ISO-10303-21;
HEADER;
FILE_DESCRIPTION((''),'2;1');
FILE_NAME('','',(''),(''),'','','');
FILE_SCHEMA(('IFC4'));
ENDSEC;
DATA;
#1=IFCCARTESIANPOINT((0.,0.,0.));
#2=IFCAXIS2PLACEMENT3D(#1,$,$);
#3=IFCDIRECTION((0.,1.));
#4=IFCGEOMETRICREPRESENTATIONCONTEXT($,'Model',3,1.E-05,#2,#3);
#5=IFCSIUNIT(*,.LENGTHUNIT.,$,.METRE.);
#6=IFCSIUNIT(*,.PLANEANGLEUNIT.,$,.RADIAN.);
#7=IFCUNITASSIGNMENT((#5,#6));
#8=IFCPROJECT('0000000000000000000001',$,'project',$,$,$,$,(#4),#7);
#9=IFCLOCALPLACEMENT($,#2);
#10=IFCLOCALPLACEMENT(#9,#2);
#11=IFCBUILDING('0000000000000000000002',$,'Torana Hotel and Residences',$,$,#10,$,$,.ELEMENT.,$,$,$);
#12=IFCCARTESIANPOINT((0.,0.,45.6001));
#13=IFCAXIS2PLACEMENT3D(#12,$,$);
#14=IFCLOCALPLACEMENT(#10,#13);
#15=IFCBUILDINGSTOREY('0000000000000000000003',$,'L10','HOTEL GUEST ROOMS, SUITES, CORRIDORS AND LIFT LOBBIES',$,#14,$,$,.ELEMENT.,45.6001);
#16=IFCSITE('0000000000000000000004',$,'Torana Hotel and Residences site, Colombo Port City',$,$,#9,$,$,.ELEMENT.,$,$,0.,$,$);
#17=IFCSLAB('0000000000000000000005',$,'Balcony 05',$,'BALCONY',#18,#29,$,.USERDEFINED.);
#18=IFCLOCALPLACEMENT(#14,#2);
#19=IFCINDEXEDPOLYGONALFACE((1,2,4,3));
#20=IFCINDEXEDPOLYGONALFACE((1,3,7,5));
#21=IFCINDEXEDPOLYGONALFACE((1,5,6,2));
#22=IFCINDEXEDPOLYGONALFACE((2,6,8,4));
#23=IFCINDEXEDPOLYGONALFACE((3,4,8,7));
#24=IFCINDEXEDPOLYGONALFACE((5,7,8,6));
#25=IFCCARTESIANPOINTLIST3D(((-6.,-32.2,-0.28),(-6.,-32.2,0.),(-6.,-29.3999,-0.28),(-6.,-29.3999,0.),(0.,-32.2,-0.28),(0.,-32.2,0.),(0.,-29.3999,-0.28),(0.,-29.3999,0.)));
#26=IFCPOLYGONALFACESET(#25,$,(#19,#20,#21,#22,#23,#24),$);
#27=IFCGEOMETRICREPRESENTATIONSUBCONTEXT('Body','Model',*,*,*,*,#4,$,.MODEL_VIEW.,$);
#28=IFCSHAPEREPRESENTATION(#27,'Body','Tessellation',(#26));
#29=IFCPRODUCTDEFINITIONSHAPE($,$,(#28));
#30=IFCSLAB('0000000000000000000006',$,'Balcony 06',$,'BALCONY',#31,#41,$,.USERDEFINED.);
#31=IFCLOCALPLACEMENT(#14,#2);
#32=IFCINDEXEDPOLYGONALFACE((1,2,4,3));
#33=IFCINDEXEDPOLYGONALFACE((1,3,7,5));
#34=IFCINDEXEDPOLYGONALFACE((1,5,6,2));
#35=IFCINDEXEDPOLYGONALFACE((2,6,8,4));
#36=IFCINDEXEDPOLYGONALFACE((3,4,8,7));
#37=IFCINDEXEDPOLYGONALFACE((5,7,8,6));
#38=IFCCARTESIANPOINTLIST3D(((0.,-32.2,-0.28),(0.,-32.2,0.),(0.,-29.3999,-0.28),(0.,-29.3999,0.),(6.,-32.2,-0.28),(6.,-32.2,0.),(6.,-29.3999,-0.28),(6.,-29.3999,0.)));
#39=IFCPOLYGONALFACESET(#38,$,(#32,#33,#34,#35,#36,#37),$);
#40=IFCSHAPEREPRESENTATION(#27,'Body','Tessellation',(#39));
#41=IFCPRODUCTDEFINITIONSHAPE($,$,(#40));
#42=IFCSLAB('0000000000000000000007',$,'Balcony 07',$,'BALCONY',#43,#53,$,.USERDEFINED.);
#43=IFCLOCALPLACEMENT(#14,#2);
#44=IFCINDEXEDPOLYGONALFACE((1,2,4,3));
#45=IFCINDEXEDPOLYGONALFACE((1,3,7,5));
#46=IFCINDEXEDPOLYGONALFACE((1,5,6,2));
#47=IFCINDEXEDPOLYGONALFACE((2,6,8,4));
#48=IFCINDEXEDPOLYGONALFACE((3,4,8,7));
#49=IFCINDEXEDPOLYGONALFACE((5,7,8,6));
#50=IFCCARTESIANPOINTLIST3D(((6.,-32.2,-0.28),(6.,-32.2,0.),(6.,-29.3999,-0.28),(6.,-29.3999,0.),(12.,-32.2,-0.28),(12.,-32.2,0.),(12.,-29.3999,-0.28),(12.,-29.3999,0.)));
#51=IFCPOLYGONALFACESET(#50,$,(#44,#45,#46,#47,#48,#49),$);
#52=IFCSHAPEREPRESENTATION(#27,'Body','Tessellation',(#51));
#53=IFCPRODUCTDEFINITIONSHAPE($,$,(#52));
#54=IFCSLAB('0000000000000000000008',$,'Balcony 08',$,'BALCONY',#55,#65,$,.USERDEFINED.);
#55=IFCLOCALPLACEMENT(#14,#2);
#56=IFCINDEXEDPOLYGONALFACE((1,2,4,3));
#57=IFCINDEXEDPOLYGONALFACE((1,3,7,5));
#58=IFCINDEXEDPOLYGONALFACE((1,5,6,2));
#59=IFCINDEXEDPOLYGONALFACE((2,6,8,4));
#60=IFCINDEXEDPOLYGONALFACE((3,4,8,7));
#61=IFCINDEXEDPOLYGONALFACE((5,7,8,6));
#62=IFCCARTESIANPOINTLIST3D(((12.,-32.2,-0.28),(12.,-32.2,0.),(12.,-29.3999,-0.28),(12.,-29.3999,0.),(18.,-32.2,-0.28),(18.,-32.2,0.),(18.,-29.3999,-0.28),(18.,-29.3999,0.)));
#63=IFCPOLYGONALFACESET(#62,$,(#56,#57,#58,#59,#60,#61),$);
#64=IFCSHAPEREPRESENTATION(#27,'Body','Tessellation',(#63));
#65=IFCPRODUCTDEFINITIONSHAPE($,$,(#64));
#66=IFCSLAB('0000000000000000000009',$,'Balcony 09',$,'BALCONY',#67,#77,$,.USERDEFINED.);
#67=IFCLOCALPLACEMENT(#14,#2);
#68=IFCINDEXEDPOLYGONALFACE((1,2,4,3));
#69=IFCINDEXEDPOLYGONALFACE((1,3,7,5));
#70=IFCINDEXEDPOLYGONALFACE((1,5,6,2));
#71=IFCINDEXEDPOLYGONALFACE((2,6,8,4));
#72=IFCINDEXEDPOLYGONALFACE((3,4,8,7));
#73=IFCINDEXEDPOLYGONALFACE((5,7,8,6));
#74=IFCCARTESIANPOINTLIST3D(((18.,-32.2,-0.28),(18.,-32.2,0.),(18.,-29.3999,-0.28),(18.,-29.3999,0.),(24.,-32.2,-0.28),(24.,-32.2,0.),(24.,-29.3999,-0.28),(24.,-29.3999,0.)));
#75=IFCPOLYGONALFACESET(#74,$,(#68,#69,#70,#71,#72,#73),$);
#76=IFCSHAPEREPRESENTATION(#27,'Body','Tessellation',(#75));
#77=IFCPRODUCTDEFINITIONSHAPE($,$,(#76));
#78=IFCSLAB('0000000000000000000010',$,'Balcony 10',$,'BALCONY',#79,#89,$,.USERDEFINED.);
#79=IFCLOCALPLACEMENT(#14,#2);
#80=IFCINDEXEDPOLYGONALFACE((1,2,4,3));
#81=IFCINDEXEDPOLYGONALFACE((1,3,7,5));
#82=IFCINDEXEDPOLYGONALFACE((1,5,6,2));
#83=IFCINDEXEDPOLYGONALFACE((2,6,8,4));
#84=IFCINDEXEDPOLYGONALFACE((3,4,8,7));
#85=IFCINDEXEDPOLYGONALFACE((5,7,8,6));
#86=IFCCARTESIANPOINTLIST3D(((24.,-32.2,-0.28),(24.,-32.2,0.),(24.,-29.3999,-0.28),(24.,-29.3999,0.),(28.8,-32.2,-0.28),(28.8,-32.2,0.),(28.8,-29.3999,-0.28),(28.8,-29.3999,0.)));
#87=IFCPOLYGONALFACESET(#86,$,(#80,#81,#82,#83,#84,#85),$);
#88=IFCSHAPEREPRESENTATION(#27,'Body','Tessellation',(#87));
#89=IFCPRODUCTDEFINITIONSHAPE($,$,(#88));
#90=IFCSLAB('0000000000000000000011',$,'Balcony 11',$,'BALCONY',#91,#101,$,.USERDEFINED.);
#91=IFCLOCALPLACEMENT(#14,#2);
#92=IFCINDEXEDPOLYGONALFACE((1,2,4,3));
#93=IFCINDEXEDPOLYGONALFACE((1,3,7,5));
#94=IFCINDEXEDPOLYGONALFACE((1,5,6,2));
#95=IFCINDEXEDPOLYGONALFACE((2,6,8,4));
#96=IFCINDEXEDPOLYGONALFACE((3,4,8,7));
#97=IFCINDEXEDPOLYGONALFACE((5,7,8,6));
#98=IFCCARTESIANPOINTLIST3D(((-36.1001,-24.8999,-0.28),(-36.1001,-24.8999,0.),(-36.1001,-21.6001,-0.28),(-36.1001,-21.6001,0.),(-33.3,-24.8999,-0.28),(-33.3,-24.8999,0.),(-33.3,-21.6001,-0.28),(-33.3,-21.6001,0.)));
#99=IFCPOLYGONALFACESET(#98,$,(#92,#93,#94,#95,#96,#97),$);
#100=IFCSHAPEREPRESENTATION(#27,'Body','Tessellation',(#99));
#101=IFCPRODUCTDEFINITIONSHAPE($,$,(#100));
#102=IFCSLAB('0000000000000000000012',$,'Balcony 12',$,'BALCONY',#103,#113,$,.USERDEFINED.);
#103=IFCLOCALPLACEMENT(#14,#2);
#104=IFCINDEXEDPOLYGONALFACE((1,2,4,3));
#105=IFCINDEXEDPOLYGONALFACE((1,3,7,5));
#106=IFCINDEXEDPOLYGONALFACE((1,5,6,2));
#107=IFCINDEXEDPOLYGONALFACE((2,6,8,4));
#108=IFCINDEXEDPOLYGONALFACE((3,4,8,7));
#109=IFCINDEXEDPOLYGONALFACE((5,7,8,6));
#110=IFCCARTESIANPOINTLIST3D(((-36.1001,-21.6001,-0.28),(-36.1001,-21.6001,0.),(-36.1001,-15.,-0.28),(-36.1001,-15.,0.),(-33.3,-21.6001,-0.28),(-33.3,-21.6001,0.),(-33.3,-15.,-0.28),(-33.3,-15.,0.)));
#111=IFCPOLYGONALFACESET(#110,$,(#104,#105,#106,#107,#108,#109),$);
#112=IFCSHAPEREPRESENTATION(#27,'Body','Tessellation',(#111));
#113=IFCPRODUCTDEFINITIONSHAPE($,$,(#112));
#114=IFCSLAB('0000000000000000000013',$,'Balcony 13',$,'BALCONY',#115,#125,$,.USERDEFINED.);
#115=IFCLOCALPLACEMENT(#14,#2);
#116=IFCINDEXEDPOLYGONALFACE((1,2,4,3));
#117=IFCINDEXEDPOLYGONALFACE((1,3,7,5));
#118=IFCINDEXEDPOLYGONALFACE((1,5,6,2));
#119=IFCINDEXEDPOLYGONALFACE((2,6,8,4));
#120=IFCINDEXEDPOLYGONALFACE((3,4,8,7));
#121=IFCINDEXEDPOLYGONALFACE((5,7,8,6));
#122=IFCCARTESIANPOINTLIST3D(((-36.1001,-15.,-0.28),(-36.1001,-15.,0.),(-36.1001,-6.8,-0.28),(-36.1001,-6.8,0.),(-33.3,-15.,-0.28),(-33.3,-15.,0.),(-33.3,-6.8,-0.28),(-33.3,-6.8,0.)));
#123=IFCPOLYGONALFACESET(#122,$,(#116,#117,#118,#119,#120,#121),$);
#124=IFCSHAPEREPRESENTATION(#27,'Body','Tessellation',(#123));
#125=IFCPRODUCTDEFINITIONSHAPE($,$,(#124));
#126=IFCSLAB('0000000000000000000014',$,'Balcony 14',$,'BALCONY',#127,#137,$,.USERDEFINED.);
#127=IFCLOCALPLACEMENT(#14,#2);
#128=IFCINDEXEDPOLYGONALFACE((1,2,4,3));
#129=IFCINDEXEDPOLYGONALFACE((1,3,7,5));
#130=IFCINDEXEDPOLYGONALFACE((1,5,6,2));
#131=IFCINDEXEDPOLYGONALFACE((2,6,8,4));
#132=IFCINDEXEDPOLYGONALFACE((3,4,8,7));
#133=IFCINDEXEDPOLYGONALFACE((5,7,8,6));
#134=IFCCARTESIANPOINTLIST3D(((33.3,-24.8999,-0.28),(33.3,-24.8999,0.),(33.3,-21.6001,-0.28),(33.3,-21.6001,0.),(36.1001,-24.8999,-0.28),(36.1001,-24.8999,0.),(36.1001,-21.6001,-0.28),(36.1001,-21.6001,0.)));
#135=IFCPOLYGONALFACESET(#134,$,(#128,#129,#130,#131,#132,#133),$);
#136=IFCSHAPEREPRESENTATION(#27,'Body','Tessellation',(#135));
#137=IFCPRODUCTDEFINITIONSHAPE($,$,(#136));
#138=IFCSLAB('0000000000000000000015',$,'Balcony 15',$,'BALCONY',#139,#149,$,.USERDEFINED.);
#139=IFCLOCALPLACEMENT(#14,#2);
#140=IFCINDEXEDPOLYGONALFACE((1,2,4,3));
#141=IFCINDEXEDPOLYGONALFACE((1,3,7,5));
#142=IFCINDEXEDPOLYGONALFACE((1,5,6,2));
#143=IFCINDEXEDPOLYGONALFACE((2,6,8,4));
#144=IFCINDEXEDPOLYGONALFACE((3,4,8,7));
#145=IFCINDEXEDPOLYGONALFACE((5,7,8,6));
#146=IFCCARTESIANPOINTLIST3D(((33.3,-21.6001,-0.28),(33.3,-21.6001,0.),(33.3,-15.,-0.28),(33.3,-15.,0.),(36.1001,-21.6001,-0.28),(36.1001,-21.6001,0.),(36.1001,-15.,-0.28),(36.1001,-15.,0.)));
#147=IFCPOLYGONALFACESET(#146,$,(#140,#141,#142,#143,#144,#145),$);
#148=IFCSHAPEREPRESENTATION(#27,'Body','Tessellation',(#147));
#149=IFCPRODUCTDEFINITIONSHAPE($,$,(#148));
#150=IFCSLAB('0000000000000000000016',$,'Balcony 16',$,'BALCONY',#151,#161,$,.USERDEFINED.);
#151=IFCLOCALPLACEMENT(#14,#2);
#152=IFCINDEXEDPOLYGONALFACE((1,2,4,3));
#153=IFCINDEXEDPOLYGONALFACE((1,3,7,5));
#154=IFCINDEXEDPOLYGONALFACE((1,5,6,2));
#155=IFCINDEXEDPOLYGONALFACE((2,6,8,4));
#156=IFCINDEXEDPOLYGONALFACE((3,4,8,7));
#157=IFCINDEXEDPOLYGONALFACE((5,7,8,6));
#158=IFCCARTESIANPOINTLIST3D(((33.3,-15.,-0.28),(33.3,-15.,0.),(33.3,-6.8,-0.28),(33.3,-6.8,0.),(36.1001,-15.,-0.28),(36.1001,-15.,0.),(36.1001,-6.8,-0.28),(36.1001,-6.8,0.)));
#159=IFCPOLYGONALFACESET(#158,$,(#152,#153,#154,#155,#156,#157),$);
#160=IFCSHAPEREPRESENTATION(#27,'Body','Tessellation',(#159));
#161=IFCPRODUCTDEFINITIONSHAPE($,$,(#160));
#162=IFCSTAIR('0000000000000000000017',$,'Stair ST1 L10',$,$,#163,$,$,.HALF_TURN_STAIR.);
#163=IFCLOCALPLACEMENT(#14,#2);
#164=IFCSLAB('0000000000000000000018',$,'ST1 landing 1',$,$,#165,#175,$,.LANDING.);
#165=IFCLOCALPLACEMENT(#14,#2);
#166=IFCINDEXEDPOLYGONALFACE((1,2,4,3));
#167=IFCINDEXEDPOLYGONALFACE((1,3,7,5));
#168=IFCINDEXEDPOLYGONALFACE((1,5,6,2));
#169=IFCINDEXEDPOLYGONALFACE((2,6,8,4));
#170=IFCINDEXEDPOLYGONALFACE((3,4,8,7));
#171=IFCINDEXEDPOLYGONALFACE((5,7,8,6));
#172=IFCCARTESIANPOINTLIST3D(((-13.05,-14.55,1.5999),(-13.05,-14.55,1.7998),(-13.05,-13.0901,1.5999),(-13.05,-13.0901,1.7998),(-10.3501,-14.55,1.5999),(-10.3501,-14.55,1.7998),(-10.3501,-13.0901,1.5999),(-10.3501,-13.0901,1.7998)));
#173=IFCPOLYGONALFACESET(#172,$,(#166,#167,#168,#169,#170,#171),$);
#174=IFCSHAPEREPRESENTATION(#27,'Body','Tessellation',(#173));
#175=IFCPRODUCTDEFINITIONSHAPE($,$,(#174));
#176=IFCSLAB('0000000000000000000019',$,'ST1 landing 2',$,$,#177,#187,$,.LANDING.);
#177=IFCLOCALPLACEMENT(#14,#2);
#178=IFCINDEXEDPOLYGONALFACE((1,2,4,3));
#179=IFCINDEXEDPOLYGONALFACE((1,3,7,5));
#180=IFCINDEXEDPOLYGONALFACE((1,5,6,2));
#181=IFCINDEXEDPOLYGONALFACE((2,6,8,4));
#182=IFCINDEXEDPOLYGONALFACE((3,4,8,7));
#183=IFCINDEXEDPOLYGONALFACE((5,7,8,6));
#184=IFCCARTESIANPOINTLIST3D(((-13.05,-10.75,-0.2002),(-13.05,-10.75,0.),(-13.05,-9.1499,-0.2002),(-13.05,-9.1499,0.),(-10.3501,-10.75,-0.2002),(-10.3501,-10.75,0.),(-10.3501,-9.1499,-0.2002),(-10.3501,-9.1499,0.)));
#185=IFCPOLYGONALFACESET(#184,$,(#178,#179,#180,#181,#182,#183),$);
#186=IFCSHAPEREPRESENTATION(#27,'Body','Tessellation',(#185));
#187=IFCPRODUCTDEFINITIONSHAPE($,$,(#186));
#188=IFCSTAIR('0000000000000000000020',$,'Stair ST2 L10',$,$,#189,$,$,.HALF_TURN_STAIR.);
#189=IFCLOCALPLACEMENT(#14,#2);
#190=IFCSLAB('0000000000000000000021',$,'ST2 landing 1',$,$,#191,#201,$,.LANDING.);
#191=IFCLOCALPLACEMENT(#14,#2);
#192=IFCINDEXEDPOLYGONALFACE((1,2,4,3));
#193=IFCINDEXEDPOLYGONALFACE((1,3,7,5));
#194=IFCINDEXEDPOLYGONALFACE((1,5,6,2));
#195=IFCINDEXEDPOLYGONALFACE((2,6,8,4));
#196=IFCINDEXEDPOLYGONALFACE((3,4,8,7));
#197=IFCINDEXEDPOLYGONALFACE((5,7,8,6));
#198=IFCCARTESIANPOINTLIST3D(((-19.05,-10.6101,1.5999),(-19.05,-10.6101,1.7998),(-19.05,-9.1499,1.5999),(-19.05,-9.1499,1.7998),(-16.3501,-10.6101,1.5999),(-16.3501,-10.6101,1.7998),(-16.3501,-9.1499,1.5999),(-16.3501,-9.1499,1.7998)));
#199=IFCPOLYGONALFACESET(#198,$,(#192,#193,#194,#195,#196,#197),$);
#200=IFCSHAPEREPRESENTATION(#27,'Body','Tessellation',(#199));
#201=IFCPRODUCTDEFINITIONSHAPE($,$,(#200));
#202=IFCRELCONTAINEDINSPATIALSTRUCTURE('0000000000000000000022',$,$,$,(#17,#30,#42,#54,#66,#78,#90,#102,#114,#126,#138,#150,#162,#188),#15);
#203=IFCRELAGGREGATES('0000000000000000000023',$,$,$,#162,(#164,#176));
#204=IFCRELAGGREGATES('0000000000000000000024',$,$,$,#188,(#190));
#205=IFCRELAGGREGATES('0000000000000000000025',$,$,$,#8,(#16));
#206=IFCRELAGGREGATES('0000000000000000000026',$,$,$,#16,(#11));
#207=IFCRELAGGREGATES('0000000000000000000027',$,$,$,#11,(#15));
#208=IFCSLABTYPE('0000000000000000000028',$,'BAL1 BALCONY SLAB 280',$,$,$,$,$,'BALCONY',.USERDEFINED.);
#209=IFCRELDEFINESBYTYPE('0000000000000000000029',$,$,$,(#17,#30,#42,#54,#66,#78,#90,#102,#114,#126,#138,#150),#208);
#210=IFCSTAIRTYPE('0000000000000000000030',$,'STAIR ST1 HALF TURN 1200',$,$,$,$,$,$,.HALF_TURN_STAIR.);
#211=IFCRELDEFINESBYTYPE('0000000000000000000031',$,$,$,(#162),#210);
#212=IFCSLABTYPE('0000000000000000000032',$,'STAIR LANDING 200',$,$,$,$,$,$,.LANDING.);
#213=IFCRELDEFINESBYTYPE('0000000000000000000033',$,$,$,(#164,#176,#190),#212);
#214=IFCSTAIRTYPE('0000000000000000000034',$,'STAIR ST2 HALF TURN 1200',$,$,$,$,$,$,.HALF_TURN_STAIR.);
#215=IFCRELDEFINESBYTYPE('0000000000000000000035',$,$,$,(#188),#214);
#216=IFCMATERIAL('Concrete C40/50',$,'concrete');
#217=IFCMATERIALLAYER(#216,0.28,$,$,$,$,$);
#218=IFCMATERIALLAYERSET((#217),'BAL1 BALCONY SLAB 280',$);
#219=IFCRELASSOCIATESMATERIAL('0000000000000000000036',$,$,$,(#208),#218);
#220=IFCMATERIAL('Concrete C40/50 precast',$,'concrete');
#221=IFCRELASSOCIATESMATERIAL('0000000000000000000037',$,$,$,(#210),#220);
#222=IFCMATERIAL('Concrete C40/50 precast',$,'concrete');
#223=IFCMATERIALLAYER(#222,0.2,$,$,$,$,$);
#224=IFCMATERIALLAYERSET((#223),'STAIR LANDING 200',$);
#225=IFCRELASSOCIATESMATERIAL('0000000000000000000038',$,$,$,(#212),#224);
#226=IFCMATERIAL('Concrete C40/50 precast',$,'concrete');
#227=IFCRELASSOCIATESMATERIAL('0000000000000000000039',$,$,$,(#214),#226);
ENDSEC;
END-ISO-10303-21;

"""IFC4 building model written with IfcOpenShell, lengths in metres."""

from ifc_helpers import new_model, si_unit, direction, frame, origin, place, context, subcontext, project, spatial, polyline, outline, extrude, material, layer, layer_set, type_object, element, aggregate, save


model = new_model("IFC4")

# Units and contexts
model_context = context("Model", 3, precision=1e-05, world=origin(), true_north=direction((0.0, 1.0)))
body_context = subcontext(model_context, "Body", "Model", "MODEL_VIEW")
ifc_project = project(units=[si_unit("LENGTHUNIT", "METRE"), si_unit("PLANEANGLEUNIT", "RADIAN")], contexts=[model_context])

# Site, building, storey
site_placement = place(None, origin())
site = spatial("IfcSite", under=ifc_project, at=site_placement, Name="Torana Hotel and Residences site, Colombo Port City", CompositionType="ELEMENT", RefElevation=0.0)
building_placement = place(site_placement, origin())
building = spatial("IfcBuilding", under=site, at=building_placement, Name="Torana Hotel and Residences", CompositionType="ELEMENT")
storey_placement = place(building_placement, frame((0.0, 0.0, 45.6001)))
storey = spatial("IfcBuildingStorey", under=building, at=storey_placement, Name="L10", Description="HOTEL GUEST ROOMS, SUITES, CORRIDORS AND LIFT LOBBIES", CompositionType="ELEMENT", Elevation=45.6001)

# Slabs
ifc_material_1 = material(Name="Concrete C40/50", Category="concrete")
ifc_layer_1 = layer(ifc_material_1, 0.28)
ifc_layer_set_1 = layer_set([ifc_layer_1], Name="BAL1 BALCONY SLAB 280")
slab_type_1 = type_object("IfcSlabType", Name="BAL1 BALCONY SLAB 280", ElementType="BALCONY", PredefinedType="USERDEFINED", material=ifc_layer_set_1)
slab_1_placement = place(storey_placement, frame((0.0, 0.0, -0.28)))
element("IfcSlab", 1, at=slab_1_placement, inside=storey, type_object=slab_type_1, Name="Balcony 05", ObjectType="BALCONY", PredefinedType="USERDEFINED", context=body_context, shape_type="SweptSolid", body=[
    extrude(outline(polyline([(-6.0, -32.2), (0.0, -32.2), (0.0, -29.3999), (-6.0, -29.3999), (-6.0, -32.2)])), origin(), (0.0, 0.0, 1.0), 0.28),
])
slab_2_placement = place(storey_placement, frame((0.0, 0.0, -0.28)))
element("IfcSlab", 2, at=slab_2_placement, inside=storey, type_object=slab_type_1, Name="Balcony 06", ObjectType="BALCONY", PredefinedType="USERDEFINED", context=body_context, shape_type="SweptSolid", body=[
    extrude(outline(polyline([(0.0, -32.2), (6.0, -32.2), (6.0, -29.3999), (0.0, -29.3999), (0.0, -32.2)])), origin(), (0.0, 0.0, 1.0), 0.28),
])
slab_3_placement = place(storey_placement, frame((0.0, 0.0, -0.28)))
element("IfcSlab", 3, at=slab_3_placement, inside=storey, type_object=slab_type_1, Name="Balcony 07", ObjectType="BALCONY", PredefinedType="USERDEFINED", context=body_context, shape_type="SweptSolid", body=[
    extrude(outline(polyline([(6.0, -32.2), (12.0, -32.2), (12.0, -29.3999), (6.0, -29.3999), (6.0, -32.2)])), origin(), (0.0, 0.0, 1.0), 0.28),
])
slab_4_placement = place(storey_placement, frame((0.0, 0.0, -0.28)))
element("IfcSlab", 4, at=slab_4_placement, inside=storey, type_object=slab_type_1, Name="Balcony 08", ObjectType="BALCONY", PredefinedType="USERDEFINED", context=body_context, shape_type="SweptSolid", body=[
    extrude(outline(polyline([(12.0, -32.2), (18.0, -32.2), (18.0, -29.3999), (12.0, -29.3999), (12.0, -32.2)])), origin(), (0.0, 0.0, 1.0), 0.28),
])
slab_5_placement = place(storey_placement, frame((0.0, 0.0, -0.28)))
element("IfcSlab", 5, at=slab_5_placement, inside=storey, type_object=slab_type_1, Name="Balcony 09", ObjectType="BALCONY", PredefinedType="USERDEFINED", context=body_context, shape_type="SweptSolid", body=[
    extrude(outline(polyline([(18.0, -32.2), (24.0, -32.2), (24.0, -29.3999), (18.0, -29.3999), (18.0, -32.2)])), origin(), (0.0, 0.0, 1.0), 0.28),
])
slab_6_placement = place(storey_placement, frame((0.0, 0.0, -0.28)))
element("IfcSlab", 6, at=slab_6_placement, inside=storey, type_object=slab_type_1, Name="Balcony 10", ObjectType="BALCONY", PredefinedType="USERDEFINED", context=body_context, shape_type="SweptSolid", body=[
    extrude(outline(polyline([(24.0, -32.2), (28.8, -32.2), (28.8, -29.3999), (24.0, -29.3999), (24.0, -32.2)])), origin(), (0.0, 0.0, 1.0), 0.28),
])
slab_7_placement = place(storey_placement, frame((0.0, 0.0, -0.28)))
element("IfcSlab", 7, at=slab_7_placement, inside=storey, type_object=slab_type_1, Name="Balcony 11", ObjectType="BALCONY", PredefinedType="USERDEFINED", context=body_context, shape_type="SweptSolid", body=[
    extrude(outline(polyline([(-36.1001, -24.8999), (-33.3, -24.8999), (-33.3, -21.6001), (-36.1001, -21.6001), (-36.1001, -24.8999)])), origin(), (0.0, 0.0, 1.0), 0.28),
])
slab_8_placement = place(storey_placement, frame((0.0, 0.0, -0.28)))
element("IfcSlab", 8, at=slab_8_placement, inside=storey, type_object=slab_type_1, Name="Balcony 12", ObjectType="BALCONY", PredefinedType="USERDEFINED", context=body_context, shape_type="SweptSolid", body=[
    extrude(outline(polyline([(-36.1001, -21.6001), (-33.3, -21.6001), (-33.3, -15.0), (-36.1001, -15.0), (-36.1001, -21.6001)])), origin(), (0.0, 0.0, 1.0), 0.28),
])
slab_9_placement = place(storey_placement, frame((0.0, 0.0, -0.28)))
element("IfcSlab", 9, at=slab_9_placement, inside=storey, type_object=slab_type_1, Name="Balcony 13", ObjectType="BALCONY", PredefinedType="USERDEFINED", context=body_context, shape_type="SweptSolid", body=[
    extrude(outline(polyline([(-36.1001, -15.0), (-33.3, -15.0), (-33.3, -6.8), (-36.1001, -6.8), (-36.1001, -15.0)])), origin(), (0.0, 0.0, 1.0), 0.28),
])
slab_10_placement = place(storey_placement, frame((0.0, 0.0, -0.28)))
element("IfcSlab", 10, at=slab_10_placement, inside=storey, type_object=slab_type_1, Name="Balcony 14", ObjectType="BALCONY", PredefinedType="USERDEFINED", context=body_context, shape_type="SweptSolid", body=[
    extrude(outline(polyline([(33.3, -24.8999), (36.1001, -24.8999), (36.1001, -21.6001), (33.3, -21.6001), (33.3, -24.8999)])), origin(), (0.0, 0.0, 1.0), 0.28),
])
slab_11_placement = place(storey_placement, frame((0.0, 0.0, -0.28)))
element("IfcSlab", 11, at=slab_11_placement, inside=storey, type_object=slab_type_1, Name="Balcony 15", ObjectType="BALCONY", PredefinedType="USERDEFINED", context=body_context, shape_type="SweptSolid", body=[
    extrude(outline(polyline([(33.3, -21.6001), (36.1001, -21.6001), (36.1001, -15.0), (33.3, -15.0), (33.3, -21.6001)])), origin(), (0.0, 0.0, 1.0), 0.28),
])
slab_12_placement = place(storey_placement, frame((0.0, 0.0, -0.28)))
element("IfcSlab", 12, at=slab_12_placement, inside=storey, type_object=slab_type_1, Name="Balcony 16", ObjectType="BALCONY", PredefinedType="USERDEFINED", context=body_context, shape_type="SweptSolid", body=[
    extrude(outline(polyline([(33.3, -15.0), (36.1001, -15.0), (36.1001, -6.8), (33.3, -6.8), (33.3, -15.0)])), origin(), (0.0, 0.0, 1.0), 0.28),
])

# Stairs, slabs
ifc_material_2 = material(Name="Concrete C40/50 precast", Category="concrete")
stair_type_1 = type_object("IfcStairType", Name="STAIR ST1 HALF TURN 1200", PredefinedType="HALF_TURN_STAIR", material=ifc_material_2)
stair_1_placement = place(storey_placement, origin())
stair_1 = element("IfcStair", 13, at=stair_1_placement, inside=storey, type_object=stair_type_1, Name="Stair ST1 L10", PredefinedType="HALF_TURN_STAIR")
ifc_material_3 = material(Name="Concrete C40/50 precast", Category="concrete")
ifc_layer_2 = layer(ifc_material_3, 0.2)
ifc_layer_set_2 = layer_set([ifc_layer_2], Name="STAIR LANDING 200")
slab_type_2 = type_object("IfcSlabType", Name="STAIR LANDING 200", PredefinedType="LANDING", material=ifc_layer_set_2)
slab_13_placement = place(storey_placement, frame((0.0, 0.0, 1.5999)))
slab_13 = element("IfcSlab", 14, at=slab_13_placement, type_object=slab_type_2, Name="ST1 landing 1", PredefinedType="LANDING", context=body_context, shape_type="SweptSolid", body=[
    extrude(outline(polyline([(-13.05, -14.55), (-10.3501, -14.55), (-10.3501, -13.0901), (-13.05, -13.0901), (-13.05, -14.55)])), origin(), (0.0, 0.0, 1.0), 0.2),
])
slab_14_placement = place(storey_placement, frame((0.0, 0.0, -0.2002)))
slab_14 = element("IfcSlab", 15, at=slab_14_placement, type_object=slab_type_2, Name="ST1 landing 2", PredefinedType="LANDING", context=body_context, shape_type="SweptSolid", body=[
    extrude(outline(polyline([(-13.05, -10.75), (-10.3501, -10.75), (-10.3501, -9.1499), (-13.05, -9.1499), (-13.05, -10.75)])), origin(), (0.0, 0.0, 1.0), 0.2002),
])
aggregate(stair_1, [slab_13, slab_14])
ifc_material_4 = material(Name="Concrete C40/50 precast", Category="concrete")
stair_type_2 = type_object("IfcStairType", Name="STAIR ST2 HALF TURN 1200", PredefinedType="HALF_TURN_STAIR", material=ifc_material_4)
stair_2_placement = place(storey_placement, origin())
stair_2 = element("IfcStair", 16, at=stair_2_placement, inside=storey, type_object=stair_type_2, Name="Stair ST2 L10", PredefinedType="HALF_TURN_STAIR")
slab_15_placement = place(storey_placement, frame((0.0, 0.0, 1.5999)))
slab_15 = element("IfcSlab", 17, at=slab_15_placement, type_object=slab_type_2, Name="ST2 landing 1", PredefinedType="LANDING", context=body_context, shape_type="SweptSolid", body=[
    extrude(outline(polyline([(-19.05, -10.6101), (-16.3501, -10.6101), (-16.3501, -9.1499), (-19.05, -9.1499), (-19.05, -10.6101)])), origin(), (0.0, 0.0, 1.0), 0.2),
])
aggregate(stair_2, [slab_15])

save(model, "model.ifc")
